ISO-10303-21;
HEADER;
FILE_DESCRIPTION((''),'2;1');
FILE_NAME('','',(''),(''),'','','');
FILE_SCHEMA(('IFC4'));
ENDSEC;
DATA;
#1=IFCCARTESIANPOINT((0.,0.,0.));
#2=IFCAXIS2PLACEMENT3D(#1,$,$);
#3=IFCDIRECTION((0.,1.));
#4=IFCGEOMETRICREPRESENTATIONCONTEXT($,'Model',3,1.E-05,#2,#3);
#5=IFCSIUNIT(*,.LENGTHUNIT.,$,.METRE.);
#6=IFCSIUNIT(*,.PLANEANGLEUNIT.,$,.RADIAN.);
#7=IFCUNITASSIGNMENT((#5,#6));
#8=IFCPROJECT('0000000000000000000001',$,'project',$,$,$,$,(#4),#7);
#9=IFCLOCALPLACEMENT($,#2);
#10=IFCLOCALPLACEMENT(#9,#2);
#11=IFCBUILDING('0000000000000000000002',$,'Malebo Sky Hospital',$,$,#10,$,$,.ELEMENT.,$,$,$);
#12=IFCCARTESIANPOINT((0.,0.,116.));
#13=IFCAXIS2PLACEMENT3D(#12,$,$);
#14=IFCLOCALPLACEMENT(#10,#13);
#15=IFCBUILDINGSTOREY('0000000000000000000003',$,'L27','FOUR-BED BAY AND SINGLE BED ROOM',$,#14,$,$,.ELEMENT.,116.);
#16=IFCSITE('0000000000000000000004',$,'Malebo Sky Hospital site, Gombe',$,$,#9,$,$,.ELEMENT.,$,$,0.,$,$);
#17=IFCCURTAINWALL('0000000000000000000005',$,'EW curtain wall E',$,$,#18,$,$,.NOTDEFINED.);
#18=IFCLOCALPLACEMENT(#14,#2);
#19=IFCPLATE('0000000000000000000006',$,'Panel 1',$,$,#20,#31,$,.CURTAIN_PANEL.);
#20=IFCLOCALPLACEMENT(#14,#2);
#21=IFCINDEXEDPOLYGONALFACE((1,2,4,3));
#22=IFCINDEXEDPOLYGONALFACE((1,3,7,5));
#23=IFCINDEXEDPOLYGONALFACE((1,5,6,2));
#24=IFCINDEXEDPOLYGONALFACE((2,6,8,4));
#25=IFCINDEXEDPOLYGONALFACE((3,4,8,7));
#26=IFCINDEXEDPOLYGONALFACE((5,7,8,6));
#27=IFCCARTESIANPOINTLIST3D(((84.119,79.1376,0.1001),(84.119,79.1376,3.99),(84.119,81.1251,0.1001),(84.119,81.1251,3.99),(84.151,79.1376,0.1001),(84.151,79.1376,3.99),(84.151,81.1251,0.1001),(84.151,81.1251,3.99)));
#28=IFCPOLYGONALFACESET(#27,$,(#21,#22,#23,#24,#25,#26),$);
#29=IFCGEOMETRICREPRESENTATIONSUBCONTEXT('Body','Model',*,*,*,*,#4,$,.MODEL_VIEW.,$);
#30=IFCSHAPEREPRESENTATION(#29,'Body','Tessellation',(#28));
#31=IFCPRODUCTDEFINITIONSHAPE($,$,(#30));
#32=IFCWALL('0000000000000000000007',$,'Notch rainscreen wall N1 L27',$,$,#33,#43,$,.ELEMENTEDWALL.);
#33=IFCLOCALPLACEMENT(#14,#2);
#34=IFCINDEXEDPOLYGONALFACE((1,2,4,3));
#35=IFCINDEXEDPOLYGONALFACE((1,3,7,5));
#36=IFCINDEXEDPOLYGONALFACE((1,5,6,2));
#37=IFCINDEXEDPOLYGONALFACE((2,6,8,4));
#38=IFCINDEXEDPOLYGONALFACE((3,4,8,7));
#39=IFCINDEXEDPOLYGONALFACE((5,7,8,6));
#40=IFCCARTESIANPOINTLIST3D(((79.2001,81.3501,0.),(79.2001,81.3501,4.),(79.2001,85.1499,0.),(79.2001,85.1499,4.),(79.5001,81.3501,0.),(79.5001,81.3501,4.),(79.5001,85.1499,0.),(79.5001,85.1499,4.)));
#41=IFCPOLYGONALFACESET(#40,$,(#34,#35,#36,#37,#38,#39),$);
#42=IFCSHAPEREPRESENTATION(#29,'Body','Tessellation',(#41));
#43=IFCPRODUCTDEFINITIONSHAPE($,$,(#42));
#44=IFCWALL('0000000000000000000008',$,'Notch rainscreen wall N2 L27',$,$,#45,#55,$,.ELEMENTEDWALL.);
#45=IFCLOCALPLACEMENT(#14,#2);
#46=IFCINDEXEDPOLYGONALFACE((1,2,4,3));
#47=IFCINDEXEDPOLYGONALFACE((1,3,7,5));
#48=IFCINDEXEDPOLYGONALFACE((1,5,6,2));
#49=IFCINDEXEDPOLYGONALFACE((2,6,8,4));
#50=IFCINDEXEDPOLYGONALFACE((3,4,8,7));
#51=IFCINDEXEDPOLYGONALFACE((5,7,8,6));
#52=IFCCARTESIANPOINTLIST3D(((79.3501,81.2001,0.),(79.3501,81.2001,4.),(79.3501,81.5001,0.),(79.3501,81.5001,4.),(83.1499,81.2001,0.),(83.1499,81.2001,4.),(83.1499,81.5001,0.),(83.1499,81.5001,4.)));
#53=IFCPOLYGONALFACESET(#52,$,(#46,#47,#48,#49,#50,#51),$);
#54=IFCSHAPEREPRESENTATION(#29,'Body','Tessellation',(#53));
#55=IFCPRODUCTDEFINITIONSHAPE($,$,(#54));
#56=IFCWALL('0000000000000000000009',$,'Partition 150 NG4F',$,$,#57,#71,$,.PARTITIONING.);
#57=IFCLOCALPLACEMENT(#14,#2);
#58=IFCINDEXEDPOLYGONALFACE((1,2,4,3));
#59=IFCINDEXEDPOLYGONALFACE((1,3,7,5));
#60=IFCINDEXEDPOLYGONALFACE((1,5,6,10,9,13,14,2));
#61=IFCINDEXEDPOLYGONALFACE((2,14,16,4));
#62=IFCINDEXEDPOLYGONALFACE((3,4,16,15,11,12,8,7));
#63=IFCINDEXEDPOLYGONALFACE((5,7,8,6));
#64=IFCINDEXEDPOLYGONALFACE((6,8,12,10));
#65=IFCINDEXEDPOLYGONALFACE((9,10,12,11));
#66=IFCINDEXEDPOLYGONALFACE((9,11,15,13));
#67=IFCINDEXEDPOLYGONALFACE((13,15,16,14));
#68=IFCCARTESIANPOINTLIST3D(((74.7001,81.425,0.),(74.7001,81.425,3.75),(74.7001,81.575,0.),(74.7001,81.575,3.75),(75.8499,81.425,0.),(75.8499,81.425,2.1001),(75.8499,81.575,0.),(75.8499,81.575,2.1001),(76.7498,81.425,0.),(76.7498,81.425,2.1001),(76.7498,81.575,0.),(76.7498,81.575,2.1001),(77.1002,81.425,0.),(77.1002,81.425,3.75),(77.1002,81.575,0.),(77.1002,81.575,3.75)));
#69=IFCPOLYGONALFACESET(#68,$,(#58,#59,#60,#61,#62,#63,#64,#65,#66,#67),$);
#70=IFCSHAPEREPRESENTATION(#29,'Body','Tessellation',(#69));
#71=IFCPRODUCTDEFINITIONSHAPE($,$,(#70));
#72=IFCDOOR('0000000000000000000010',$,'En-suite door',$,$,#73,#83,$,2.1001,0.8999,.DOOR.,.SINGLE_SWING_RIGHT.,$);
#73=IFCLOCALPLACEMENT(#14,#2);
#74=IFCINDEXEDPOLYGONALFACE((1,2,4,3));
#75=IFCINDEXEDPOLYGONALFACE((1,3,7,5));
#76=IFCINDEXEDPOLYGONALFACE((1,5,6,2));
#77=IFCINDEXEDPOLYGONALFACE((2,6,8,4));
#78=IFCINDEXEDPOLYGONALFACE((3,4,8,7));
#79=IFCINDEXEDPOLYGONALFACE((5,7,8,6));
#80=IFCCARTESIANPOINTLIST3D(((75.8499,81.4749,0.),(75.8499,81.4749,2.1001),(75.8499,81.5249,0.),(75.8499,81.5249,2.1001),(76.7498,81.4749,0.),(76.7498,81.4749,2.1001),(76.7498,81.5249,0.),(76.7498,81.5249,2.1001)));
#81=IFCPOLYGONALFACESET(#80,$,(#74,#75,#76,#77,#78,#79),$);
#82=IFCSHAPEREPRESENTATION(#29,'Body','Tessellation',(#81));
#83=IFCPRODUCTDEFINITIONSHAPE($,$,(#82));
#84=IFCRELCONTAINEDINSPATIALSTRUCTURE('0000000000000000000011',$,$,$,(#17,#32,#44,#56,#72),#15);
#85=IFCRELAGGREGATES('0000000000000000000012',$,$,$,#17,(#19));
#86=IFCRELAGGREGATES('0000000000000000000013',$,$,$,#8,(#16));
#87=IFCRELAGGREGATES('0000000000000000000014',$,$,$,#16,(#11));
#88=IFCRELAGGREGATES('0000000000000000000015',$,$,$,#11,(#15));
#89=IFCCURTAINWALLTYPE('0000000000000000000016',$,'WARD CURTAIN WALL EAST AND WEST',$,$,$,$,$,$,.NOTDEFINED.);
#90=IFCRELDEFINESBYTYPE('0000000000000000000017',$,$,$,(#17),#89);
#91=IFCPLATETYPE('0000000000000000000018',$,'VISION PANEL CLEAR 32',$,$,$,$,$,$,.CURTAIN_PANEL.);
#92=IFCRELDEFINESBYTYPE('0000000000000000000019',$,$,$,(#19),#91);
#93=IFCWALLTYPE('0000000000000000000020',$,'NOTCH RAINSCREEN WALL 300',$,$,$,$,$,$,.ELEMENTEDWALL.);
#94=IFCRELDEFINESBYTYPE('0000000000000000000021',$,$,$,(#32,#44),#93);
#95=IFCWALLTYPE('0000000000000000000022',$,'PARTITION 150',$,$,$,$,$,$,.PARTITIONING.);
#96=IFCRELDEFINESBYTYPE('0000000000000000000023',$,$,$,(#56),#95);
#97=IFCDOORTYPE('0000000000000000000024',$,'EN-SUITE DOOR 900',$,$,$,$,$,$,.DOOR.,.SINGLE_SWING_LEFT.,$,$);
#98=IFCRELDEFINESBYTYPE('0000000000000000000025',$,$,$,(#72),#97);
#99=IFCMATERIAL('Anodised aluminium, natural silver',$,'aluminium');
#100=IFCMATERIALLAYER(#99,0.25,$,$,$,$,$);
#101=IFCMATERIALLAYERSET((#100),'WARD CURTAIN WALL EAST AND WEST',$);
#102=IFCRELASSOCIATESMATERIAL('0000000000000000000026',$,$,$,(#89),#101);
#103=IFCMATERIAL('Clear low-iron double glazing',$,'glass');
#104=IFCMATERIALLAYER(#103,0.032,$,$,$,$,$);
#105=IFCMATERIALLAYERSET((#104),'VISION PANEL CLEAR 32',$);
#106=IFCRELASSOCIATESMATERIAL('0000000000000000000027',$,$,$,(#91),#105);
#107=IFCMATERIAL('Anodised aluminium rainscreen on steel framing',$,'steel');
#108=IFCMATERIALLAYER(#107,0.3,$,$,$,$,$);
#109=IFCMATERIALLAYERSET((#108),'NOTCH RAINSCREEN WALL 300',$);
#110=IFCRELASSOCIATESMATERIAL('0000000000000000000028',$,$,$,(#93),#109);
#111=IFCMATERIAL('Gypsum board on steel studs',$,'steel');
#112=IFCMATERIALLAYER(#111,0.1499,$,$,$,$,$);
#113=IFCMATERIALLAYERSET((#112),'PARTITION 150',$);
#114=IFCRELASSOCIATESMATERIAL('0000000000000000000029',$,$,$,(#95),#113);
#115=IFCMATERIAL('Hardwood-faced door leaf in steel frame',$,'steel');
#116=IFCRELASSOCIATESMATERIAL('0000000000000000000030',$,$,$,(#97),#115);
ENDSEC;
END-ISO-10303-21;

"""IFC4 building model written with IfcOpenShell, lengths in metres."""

from ifc_helpers import new_model, si_unit, direction, frame, frame_2d, origin, origin_2d, place, context, subcontext, project, spatial, rectangle, extrude, material, layer, layer_set, type_object, element, fill, aggregate, save


model = new_model("IFC4")

# Units and contexts
model_context = context("Model", 3, precision=1e-05, world=origin(), true_north=direction((0.0, 1.0)))
body_context = subcontext(model_context, "Body", "Model", "MODEL_VIEW")
ifc_project = project(units=[si_unit("LENGTHUNIT", "METRE"), si_unit("PLANEANGLEUNIT", "RADIAN")], contexts=[model_context])

# Site, building, storey
site_placement = place(None, origin())
site = spatial("IfcSite", under=ifc_project, at=site_placement, Name="Malebo Sky Hospital site, Gombe", CompositionType="ELEMENT", RefElevation=0.0)
building_placement = place(site_placement, origin())
building = spatial("IfcBuilding", under=site, at=building_placement, Name="Malebo Sky Hospital", CompositionType="ELEMENT")
storey_placement = place(building_placement, frame((0.0, 0.0, 116.0)))
storey = spatial("IfcBuildingStorey", under=building, at=storey_placement, Name="L27", Description="FOUR-BED BAY AND SINGLE BED ROOM", CompositionType="ELEMENT", Elevation=116.0)

# Shared definitions
ifc_material_1 = material(Name="Anodised aluminium, natural silver", Category="aluminium")

# Curtain wall
ifc_layer_1 = layer(ifc_material_1, 0.25)
ifc_layer_set_1 = layer_set([ifc_layer_1], Name="WARD CURTAIN WALL EAST AND WEST")
curtain_wall_type_1 = type_object("IfcCurtainWallType", Name="WARD CURTAIN WALL EAST AND WEST", PredefinedType="NOTDEFINED", material=ifc_layer_set_1)
curtain_wall_1_placement = place(storey_placement, origin())
curtain_wall_1 = element("IfcCurtainWall", 1, at=curtain_wall_1_placement, inside=storey, type_object=curtain_wall_type_1, Name="EW curtain wall E", PredefinedType="NOTDEFINED")

# Plate
ifc_material_2 = material(Name="Clear low-iron double glazing", Category="glass")
ifc_layer_2 = layer(ifc_material_2, 0.032)
ifc_layer_set_2 = layer_set([ifc_layer_2], Name="VISION PANEL CLEAR 32")
plate_type = type_object("IfcPlateType", Name="VISION PANEL CLEAR 32", PredefinedType="CURTAIN_PANEL", material=ifc_layer_set_2)
plate_1_placement = place(storey_placement, frame((84.135, 80.1313, 0.1001), z_axis=(0.0, 0.0, 1.0), x_axis=(0.0, -1.0, 0.0)))
plate_1 = element("IfcPlate", 2, at=plate_1_placement, type_object=plate_type, Name="Panel 1", PredefinedType="CURTAIN_PANEL", context=body_context, shape_type="SweptSolid", body=[
    extrude(rectangle(XDim=1.9875, YDim=0.032, at=origin_2d()), origin(), (0.0, 0.0, 1.0), 3.8899),
])
aggregate(curtain_wall_1, [plate_1])

# Walls
ifc_material_3 = material(Name="Anodised aluminium rainscreen on steel framing", Category="steel")
ifc_layer_3 = layer(ifc_material_3, 0.3)
ifc_layer_set_3 = layer_set([ifc_layer_3], Name="NOTCH RAINSCREEN WALL 300")
wall_type_1 = type_object("IfcWallType", Name="NOTCH RAINSCREEN WALL 300", PredefinedType="ELEMENTEDWALL", material=ifc_layer_set_3)
for number, where, z_axis, x_axis, name in (
    (3, (79.3501, 85.1499, 0.0), (0.0, 0.0, 1.0), (0.0, -1.0, 0.0), "Notch rainscreen wall N1 L27"),
    (4, (79.3501, 81.3501, 0.0), (0.0, 0.0, 1.0), (1.0, 0.0, 0.0), "Notch rainscreen wall N2 L27"),
):
    element("IfcWall", number, at=place(storey_placement, frame(where, z_axis=z_axis, x_axis=x_axis)), inside=storey, type_object=wall_type_1, Name=name, PredefinedType="ELEMENTEDWALL", context=body_context, shape_type="SweptSolid", body=[
        extrude(rectangle(XDim=3.7998, YDim=0.3, at=frame_2d((1.8999, 0.0))), origin(), (0.0, 0.0, 1.0), 4.0),
    ])

# Wall, opening, door
ifc_material_4 = material(Name="Gypsum board on steel studs", Category="steel")
ifc_layer_4 = layer(ifc_material_4, 0.1499)
ifc_layer_set_4 = layer_set([ifc_layer_4], Name="PARTITION 150")
wall_type_2 = type_object("IfcWallType", Name="PARTITION 150", PredefinedType="PARTITIONING", material=ifc_layer_set_4)
wall_placement = place(storey_placement, frame((74.7, 81.5, 0.0), z_axis=(0.0, 0.0, 1.0), x_axis=(1.0, 0.0, 0.0)))
wall = element("IfcWall", 5, at=wall_placement, inside=storey, type_object=wall_type_2, Name="Partition 150 NG4F", PredefinedType="PARTITIONING", context=body_context, shape_type="SweptSolid", body=[
    extrude(rectangle(XDim=2.4001, YDim=0.1499, at=frame_2d((1.2002, 0.0))), origin(), (0.0, 0.0, 1.0), 3.75),
])
opening_placement = place(wall_placement, frame((1.1499, 0.0, 0.0)))
opening = element("IfcOpeningElement", 6, at=opening_placement, cuts=wall, PredefinedType="OPENING", context=body_context, shape_type="SweptSolid", body=[
    extrude(rectangle(XDim=0.8999, YDim=2.1001, at=frame_2d((0.45, 1.05))), frame((0.0, 0.085, 0.0), z_axis=(0.0, -1.0, 0.0), x_axis=(1.0, 0.0, 0.0)), (0.0, 0.0, 1.0), 0.1699),
])
ifc_material_5 = material(Name="Hardwood-faced door leaf in steel frame", Category="steel")
door_type = type_object("IfcDoorType", Name="EN-SUITE DOOR 900", OperationType="SINGLE_SWING_LEFT", PredefinedType="DOOR", material=ifc_material_5)
door_placement = place(opening_placement, origin())
door = element("IfcDoor", 7, at=door_placement, inside=storey, type_object=door_type, Name="En-suite door", OperationType="SINGLE_SWING_RIGHT", OverallHeight=2.1001, OverallWidth=0.8999, PredefinedType="DOOR", context=body_context, shape_type="SweptSolid", body=[
    extrude(rectangle(XDim=0.8999, YDim=2.1001, at=frame_2d((0.45, 1.05))), frame((0.0, 0.0249, 0.0), z_axis=(0.0, -1.0, 0.0), x_axis=(1.0, 0.0, 0.0)), (0.0, 0.0, 1.0), 0.05),
])
fill(opening, door)

save(model, "model.ifc")
